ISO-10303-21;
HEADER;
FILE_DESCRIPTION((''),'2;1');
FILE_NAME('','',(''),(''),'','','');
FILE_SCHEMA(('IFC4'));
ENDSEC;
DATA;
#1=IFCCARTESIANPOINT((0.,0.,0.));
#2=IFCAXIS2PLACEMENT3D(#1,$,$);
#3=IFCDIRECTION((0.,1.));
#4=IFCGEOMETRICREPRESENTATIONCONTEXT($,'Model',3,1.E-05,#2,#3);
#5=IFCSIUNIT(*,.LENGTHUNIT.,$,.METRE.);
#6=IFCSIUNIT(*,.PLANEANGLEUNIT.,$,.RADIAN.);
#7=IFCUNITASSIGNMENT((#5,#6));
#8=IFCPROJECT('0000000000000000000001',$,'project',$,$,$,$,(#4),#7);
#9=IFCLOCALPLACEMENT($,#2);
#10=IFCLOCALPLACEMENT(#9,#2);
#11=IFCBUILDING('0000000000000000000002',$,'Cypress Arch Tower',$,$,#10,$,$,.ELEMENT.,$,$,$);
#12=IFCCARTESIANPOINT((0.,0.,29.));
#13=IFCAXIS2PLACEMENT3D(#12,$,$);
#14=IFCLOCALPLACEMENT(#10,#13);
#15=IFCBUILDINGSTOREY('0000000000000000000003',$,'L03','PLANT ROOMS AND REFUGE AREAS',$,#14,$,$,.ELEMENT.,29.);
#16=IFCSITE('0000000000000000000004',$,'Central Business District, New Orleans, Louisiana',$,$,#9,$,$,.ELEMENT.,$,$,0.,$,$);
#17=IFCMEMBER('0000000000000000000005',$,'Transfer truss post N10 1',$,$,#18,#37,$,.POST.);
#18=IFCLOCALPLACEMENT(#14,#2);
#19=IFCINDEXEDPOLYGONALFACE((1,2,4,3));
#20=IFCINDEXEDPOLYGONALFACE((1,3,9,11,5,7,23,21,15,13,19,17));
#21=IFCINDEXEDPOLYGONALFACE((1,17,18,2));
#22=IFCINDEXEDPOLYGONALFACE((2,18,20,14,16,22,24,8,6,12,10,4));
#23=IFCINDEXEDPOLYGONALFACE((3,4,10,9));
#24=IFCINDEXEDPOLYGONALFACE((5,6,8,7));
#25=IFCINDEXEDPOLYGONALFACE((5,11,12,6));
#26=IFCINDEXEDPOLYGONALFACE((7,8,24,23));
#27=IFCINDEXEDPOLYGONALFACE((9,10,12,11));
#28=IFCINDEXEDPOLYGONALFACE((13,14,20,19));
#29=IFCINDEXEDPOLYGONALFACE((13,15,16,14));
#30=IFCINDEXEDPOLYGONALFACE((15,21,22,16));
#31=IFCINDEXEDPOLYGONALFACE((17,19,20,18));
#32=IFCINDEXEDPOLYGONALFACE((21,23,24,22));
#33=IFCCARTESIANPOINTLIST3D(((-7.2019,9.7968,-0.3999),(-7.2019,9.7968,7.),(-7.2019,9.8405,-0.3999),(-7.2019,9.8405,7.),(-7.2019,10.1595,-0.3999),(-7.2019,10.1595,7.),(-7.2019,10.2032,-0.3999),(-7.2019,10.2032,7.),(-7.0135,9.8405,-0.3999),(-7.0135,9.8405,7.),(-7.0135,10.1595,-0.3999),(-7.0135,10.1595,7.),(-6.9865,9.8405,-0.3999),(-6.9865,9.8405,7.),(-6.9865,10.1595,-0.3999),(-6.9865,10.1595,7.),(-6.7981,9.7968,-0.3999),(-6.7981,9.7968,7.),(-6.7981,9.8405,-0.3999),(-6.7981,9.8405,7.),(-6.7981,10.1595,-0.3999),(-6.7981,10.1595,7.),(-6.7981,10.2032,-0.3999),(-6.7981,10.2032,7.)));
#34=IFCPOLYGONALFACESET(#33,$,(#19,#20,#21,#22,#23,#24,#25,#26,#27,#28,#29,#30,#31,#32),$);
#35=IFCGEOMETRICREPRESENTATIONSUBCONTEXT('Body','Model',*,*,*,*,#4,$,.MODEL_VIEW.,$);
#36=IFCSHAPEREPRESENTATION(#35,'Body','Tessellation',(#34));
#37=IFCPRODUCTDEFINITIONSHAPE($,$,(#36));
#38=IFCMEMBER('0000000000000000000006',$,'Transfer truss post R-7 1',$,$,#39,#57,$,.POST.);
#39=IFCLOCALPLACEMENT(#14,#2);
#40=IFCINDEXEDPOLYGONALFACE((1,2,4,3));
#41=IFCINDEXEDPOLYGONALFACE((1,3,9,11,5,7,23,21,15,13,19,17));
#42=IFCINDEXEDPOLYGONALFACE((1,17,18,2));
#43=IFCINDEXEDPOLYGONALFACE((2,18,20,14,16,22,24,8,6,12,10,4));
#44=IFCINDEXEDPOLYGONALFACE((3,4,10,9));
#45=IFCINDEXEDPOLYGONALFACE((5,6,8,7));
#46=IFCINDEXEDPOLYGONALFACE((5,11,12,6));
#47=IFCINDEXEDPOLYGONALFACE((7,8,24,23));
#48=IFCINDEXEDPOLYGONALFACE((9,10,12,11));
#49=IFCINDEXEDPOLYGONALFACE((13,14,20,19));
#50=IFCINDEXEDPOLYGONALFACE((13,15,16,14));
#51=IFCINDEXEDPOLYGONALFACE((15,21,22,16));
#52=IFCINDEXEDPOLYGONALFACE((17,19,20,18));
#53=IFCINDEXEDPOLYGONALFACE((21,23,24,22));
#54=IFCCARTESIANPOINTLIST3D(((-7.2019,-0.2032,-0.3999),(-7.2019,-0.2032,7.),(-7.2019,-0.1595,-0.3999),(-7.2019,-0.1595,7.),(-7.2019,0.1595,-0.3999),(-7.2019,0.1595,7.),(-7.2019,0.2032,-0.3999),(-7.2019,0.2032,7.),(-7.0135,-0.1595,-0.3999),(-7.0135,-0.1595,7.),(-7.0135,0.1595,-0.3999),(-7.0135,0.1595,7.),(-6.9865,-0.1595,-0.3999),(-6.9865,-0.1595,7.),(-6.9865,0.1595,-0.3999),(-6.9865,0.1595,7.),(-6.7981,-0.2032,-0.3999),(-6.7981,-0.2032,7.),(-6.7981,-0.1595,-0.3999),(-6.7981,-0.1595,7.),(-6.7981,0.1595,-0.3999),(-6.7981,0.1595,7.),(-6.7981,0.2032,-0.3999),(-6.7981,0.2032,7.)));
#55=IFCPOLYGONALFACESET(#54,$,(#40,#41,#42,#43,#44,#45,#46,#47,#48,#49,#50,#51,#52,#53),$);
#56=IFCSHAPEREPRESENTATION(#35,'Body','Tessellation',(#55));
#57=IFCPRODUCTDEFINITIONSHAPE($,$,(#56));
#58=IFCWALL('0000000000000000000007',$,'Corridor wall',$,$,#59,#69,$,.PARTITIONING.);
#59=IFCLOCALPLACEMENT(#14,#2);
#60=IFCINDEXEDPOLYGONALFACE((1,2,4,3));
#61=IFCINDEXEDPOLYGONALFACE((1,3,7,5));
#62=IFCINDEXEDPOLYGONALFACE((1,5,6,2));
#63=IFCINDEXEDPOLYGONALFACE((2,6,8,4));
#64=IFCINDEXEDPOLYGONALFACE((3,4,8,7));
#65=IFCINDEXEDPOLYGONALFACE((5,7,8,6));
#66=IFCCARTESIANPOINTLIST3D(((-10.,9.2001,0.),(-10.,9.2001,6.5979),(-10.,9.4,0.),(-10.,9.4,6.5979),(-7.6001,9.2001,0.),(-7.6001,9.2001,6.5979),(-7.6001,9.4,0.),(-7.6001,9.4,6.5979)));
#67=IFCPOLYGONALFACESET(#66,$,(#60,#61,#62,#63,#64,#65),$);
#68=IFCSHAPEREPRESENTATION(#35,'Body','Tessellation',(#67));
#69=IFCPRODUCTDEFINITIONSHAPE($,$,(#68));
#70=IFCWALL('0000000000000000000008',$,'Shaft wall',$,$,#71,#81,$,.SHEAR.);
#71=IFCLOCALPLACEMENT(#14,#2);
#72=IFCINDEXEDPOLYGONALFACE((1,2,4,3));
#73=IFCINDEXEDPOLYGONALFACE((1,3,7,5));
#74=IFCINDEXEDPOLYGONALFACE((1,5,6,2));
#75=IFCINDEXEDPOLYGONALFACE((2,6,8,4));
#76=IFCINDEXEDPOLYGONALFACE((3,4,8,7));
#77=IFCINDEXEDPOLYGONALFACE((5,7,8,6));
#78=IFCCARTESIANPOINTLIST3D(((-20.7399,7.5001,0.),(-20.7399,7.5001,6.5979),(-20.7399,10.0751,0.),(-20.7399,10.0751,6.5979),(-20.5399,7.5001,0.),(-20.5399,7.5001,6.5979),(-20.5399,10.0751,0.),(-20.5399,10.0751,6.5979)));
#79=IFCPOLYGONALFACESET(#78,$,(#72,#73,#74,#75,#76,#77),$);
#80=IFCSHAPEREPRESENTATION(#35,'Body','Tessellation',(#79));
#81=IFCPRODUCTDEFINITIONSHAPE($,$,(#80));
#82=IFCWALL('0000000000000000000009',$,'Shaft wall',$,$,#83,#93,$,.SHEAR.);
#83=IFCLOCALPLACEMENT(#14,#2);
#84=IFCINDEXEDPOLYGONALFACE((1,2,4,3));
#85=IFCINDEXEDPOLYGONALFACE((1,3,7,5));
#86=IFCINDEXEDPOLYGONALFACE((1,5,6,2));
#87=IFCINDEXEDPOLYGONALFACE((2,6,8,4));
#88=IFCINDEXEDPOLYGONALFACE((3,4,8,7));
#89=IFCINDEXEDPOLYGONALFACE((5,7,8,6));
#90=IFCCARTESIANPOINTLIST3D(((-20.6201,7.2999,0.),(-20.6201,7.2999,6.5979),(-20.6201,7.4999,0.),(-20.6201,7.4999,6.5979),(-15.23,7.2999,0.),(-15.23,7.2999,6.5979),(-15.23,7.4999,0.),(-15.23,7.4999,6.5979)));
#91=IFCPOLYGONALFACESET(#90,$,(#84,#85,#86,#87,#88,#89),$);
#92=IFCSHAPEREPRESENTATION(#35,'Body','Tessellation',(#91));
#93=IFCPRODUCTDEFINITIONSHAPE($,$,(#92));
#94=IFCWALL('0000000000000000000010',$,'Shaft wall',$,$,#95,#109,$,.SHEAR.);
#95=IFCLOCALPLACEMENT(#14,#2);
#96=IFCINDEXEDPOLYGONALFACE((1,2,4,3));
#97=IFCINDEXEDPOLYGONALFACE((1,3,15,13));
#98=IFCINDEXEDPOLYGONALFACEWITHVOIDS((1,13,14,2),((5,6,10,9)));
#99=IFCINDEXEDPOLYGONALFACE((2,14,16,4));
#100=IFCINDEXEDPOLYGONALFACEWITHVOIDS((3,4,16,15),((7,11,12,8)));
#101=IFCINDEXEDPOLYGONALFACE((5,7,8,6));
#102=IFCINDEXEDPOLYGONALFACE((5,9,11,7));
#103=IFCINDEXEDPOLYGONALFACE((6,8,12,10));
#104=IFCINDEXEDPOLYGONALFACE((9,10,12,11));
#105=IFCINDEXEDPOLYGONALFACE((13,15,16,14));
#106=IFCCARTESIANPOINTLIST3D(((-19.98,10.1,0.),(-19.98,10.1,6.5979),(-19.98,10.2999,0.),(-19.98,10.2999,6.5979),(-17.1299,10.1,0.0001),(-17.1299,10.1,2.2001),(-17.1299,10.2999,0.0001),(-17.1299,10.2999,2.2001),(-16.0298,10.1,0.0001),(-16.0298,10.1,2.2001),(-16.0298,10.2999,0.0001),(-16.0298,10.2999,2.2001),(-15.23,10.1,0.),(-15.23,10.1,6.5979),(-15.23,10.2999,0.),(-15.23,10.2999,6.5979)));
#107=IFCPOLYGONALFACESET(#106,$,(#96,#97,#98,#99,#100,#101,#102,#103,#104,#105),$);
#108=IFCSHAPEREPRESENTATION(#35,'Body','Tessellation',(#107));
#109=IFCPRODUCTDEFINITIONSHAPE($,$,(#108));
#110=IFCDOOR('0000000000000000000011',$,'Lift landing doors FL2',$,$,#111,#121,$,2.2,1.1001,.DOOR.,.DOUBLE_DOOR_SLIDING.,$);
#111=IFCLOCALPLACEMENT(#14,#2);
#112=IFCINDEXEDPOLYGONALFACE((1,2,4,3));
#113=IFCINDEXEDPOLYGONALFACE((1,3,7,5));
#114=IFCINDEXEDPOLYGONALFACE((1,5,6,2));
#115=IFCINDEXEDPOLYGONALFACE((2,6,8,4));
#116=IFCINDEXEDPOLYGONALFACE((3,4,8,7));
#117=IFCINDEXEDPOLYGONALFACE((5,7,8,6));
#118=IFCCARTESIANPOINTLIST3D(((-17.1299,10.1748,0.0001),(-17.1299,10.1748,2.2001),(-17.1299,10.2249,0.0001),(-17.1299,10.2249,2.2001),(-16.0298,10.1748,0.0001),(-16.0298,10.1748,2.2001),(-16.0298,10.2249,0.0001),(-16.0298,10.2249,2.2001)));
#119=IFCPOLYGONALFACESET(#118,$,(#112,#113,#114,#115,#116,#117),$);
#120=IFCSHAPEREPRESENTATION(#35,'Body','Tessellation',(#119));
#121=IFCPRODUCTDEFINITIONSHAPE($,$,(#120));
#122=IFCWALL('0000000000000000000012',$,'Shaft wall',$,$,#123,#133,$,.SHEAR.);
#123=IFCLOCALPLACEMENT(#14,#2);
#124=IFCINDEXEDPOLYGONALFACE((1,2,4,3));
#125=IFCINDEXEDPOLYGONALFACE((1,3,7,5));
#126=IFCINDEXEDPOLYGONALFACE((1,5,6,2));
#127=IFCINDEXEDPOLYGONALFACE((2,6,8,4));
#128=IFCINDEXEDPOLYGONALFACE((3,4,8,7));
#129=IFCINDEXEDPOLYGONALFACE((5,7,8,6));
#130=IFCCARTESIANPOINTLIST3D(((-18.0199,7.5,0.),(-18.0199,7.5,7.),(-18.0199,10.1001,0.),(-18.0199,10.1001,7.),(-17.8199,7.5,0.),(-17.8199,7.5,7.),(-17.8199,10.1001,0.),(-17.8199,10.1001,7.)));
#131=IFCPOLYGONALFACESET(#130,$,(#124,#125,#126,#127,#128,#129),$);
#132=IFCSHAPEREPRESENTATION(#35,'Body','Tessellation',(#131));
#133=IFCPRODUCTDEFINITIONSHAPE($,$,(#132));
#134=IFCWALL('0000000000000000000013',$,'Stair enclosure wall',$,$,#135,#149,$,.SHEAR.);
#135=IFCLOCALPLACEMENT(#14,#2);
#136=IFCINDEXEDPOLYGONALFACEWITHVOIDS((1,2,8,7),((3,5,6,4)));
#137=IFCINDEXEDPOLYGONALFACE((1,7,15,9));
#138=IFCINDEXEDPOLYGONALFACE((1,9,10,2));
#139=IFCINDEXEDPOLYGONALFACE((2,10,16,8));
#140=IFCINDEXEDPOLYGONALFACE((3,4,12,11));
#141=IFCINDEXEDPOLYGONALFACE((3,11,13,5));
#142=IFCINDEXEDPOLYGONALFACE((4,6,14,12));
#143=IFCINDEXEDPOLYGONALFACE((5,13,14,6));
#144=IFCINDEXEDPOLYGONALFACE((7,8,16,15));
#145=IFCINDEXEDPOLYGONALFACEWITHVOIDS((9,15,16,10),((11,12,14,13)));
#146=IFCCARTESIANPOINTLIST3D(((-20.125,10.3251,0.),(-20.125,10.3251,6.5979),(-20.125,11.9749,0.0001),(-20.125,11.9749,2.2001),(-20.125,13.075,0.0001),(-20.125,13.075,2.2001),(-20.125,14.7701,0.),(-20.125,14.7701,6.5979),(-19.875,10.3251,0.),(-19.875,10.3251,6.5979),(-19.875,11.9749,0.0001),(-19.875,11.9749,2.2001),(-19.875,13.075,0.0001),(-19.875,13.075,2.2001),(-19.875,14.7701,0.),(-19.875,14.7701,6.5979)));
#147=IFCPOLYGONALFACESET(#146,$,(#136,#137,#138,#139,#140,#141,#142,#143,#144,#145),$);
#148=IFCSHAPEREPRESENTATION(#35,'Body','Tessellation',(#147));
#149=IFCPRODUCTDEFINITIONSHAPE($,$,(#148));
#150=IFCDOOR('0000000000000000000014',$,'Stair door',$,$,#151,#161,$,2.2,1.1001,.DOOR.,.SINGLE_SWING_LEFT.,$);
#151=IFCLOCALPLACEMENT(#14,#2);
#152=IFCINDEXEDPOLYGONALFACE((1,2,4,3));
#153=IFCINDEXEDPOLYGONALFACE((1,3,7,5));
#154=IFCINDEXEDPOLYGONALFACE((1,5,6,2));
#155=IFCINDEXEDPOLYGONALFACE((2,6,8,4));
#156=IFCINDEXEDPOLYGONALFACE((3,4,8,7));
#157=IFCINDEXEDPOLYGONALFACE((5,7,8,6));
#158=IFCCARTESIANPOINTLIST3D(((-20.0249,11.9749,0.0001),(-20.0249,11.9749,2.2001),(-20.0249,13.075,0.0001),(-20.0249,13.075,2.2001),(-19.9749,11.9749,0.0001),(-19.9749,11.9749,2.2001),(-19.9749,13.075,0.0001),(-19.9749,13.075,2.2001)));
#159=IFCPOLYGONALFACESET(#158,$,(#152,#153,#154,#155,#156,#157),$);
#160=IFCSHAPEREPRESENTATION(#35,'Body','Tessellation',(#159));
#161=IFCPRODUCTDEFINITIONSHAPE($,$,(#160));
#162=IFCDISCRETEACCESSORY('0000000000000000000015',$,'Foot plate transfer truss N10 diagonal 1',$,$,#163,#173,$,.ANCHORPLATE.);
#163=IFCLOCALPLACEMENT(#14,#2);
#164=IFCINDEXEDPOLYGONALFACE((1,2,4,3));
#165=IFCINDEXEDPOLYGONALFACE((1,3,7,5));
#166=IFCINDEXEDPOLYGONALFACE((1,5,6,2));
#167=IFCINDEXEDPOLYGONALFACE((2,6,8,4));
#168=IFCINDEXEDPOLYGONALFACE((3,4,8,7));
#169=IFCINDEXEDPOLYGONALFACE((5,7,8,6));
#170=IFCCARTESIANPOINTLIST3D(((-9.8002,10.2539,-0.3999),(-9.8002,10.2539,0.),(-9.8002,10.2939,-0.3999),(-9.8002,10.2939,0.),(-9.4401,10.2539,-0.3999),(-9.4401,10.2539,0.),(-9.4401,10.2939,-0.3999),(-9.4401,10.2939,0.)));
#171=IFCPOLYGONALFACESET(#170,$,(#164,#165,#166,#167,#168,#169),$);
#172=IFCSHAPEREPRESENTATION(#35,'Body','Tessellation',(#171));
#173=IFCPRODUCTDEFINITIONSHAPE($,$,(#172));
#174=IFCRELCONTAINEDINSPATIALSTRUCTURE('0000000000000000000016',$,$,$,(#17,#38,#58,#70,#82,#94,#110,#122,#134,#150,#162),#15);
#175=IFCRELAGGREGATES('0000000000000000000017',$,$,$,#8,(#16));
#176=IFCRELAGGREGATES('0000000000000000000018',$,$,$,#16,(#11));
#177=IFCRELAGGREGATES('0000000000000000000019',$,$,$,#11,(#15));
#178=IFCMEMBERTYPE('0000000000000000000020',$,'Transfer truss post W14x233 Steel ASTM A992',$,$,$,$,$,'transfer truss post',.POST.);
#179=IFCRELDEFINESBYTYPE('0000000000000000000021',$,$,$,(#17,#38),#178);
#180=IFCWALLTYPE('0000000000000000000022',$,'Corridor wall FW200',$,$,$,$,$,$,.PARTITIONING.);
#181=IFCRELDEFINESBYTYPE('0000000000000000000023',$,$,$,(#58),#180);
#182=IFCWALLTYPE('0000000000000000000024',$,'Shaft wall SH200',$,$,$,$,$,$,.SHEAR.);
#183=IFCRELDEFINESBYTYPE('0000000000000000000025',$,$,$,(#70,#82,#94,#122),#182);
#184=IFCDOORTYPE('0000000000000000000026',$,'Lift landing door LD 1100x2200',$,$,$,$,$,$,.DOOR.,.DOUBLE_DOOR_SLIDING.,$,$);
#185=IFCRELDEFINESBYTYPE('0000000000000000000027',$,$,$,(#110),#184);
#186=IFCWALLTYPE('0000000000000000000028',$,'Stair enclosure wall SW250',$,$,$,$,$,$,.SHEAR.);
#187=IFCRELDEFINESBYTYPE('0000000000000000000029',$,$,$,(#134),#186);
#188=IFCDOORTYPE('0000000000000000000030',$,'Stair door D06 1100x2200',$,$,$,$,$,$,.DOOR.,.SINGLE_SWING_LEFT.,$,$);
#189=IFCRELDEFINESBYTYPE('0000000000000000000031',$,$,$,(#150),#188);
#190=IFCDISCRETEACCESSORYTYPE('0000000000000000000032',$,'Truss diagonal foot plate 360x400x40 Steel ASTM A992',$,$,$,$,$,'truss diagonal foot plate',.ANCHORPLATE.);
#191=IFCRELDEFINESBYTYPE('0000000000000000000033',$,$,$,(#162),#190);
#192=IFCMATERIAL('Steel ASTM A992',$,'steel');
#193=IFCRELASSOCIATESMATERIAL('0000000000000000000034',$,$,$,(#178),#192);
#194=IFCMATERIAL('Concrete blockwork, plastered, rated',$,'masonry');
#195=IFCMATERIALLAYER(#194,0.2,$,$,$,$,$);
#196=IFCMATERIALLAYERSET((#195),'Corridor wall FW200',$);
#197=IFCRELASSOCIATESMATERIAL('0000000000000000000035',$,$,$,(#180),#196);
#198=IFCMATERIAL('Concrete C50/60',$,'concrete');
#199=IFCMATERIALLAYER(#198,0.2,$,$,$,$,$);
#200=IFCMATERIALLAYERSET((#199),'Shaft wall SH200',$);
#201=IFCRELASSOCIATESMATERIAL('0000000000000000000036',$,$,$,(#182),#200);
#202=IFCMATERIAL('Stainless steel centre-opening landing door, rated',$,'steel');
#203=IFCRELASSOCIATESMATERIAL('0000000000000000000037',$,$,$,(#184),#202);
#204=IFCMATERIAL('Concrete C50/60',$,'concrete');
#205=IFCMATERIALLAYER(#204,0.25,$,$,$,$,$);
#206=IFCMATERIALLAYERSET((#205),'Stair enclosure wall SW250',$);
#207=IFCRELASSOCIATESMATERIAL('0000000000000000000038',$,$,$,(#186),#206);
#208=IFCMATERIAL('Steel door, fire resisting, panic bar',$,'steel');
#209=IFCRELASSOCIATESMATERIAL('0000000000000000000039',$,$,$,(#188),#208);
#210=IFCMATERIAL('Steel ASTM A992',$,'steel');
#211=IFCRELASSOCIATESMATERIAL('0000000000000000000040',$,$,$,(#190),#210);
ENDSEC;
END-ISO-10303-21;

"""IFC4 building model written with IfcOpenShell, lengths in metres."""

from ifc_helpers import new_model, si_unit, direction, frame, frame_2d, origin, origin_2d, place, context, subcontext, project, spatial, rectangle, i_section, extrude, material, layer, layer_set, material_profile, profile_set, type_object, element, fill, save


model = new_model("IFC4")

# Units and contexts
model_context = context("Model", 3, precision=1e-05, world=origin(), true_north=direction((0.0, 1.0)))
body_context = subcontext(model_context, "Body", "Model", "MODEL_VIEW")
ifc_project = project(units=[si_unit("LENGTHUNIT", "METRE"), si_unit("PLANEANGLEUNIT", "RADIAN")], contexts=[model_context])

# Site, building, storey
site_placement = place(None, origin())
site = spatial("IfcSite", under=ifc_project, at=site_placement, Name="Central Business District, New Orleans, Louisiana", CompositionType="ELEMENT", RefElevation=0.0)
building_placement = place(site_placement, origin())
building = spatial("IfcBuilding", under=site, at=building_placement, Name="Cypress Arch Tower", CompositionType="ELEMENT")
storey_placement = place(building_placement, frame((0.0, 0.0, 29.0)))
storey = spatial("IfcBuildingStorey", under=building, at=storey_placement, Name="L03", Description="PLANT ROOMS AND REFUGE AREAS", CompositionType="ELEMENT", Elevation=29.0)

# Members
ifc_material_1 = material(Name="Steel ASTM A992", Category="steel")
ifc_material_profile_1 = material_profile(ifc_material_1, i_section(OverallWidth=0.4038, OverallDepth=0.4065, WebThickness=0.0271, FlangeThickness=0.0437, at=origin_2d()), Name="W14x233")
ifc_profile_set_1 = profile_set([ifc_material_profile_1], Name="Steel ASTM A992")
member_type_1 = type_object("IfcMemberType", Name="Transfer truss post W14x233 Steel ASTM A992", ElementType="transfer truss post", PredefinedType="POST", material=ifc_profile_set_1)
for number, where, z_axis, x_axis, name in (
    (1, (-7.0, 10.0, -0.3999), (0.0, 0.0, 1.0), (1.0, 0.0, 0.0), "Transfer truss post N10 1"),
    (2, (-7.0, 0.0, -0.3999), (0.0, 0.0, 1.0), (1.0, 0.0, 0.0), "Transfer truss post R-7 1"),
):
    element("IfcMember", number, at=place(storey_placement, frame(where, z_axis=z_axis, x_axis=x_axis)), inside=storey, type_object=member_type_1, Name=name, PredefinedType="POST", context=body_context, shape_type="SweptSolid", body=[
        extrude(i_section(OverallWidth=0.4038, OverallDepth=0.4065, WebThickness=0.0271, FlangeThickness=0.0437, at=origin_2d()), origin(), (0.0, 0.0, 1.0), 7.3999),
    ])

# Walls
ifc_material_2 = material(Name="Concrete blockwork, plastered, rated", Category="masonry")
ifc_layer_1 = layer(ifc_material_2, 0.2)
ifc_layer_set_1 = layer_set([ifc_layer_1], Name="Corridor wall FW200")
wall_type_1 = type_object("IfcWallType", Name="Corridor wall FW200", PredefinedType="PARTITIONING", material=ifc_layer_set_1)
wall_1_placement = place(storey_placement, frame((-10.0, 9.3, 0.0), z_axis=(0.0, 0.0, 1.0), x_axis=(1.0, 0.0, 0.0)))
element("IfcWall", 3, at=wall_1_placement, inside=storey, type_object=wall_type_1, Name="Corridor wall", PredefinedType="PARTITIONING", context=body_context, shape_type="SweptSolid", body=[
    extrude(rectangle(XDim=2.3999, YDim=0.2, at=frame_2d((1.2, 0.0))), origin(), (0.0, 0.0, 1.0), 6.5979),
])
ifc_material_3 = material(Name="Concrete C50/60", Category="concrete")
ifc_layer_2 = layer(ifc_material_3, 0.2)
ifc_layer_set_2 = layer_set([ifc_layer_2], Name="Shaft wall SH200")
wall_type_2 = type_object("IfcWallType", Name="Shaft wall SH200", PredefinedType="SHEAR", material=ifc_layer_set_2)
wall_2_placement = place(storey_placement, frame((-20.6399, 7.5, 0.0), z_axis=(0.0, 0.0, 1.0), x_axis=(0.0, 1.0, 0.0)))
element("IfcWall", 4, at=wall_2_placement, inside=storey, type_object=wall_type_2, Name="Shaft wall", PredefinedType="SHEAR", context=body_context, shape_type="SweptSolid", body=[
    extrude(rectangle(XDim=2.575, YDim=0.2, at=frame_2d((1.2876, 0.0))), origin(), (0.0, 0.0, 1.0), 6.5979),
])
wall_3_placement = place(storey_placement, frame((-20.6201, 7.3999, 0.0), z_axis=(0.0, 0.0, 1.0), x_axis=(1.0, 0.0, 0.0)))
element("IfcWall", 5, at=wall_3_placement, inside=storey, type_object=wall_type_2, Name="Shaft wall", PredefinedType="SHEAR", context=body_context, shape_type="SweptSolid", body=[
    extrude(rectangle(XDim=5.3901, YDim=0.2, at=frame_2d((2.6951, 0.0))), origin(), (0.0, 0.0, 1.0), 6.5979),
])

# Wall, opening, door
wall_4_placement = place(storey_placement, frame((-19.98, 10.2, 0.0), z_axis=(0.0, 0.0, 1.0), x_axis=(1.0, 0.0, 0.0)))
wall_4 = element("IfcWall", 6, at=wall_4_placement, inside=storey, type_object=wall_type_2, Name="Shaft wall", PredefinedType="SHEAR", context=body_context, shape_type="SweptSolid", body=[
    extrude(rectangle(XDim=4.75, YDim=0.2, at=frame_2d((2.375, 0.0))), origin(), (0.0, 0.0, 1.0), 6.5979),
])
opening_1_placement = place(wall_4_placement, frame((2.8501, 0.0, 0.0)))
opening_1 = element("IfcOpeningElement", 7, at=opening_1_placement, cuts=wall_4, PredefinedType="OPENING", context=body_context, shape_type="SweptSolid", body=[
    extrude(rectangle(XDim=1.1001, YDim=2.2, at=frame_2d((0.55, 1.1001))), frame((0.0, 0.1099, 0.0), z_axis=(0.0, -1.0, 0.0), x_axis=(1.0, 0.0, 0.0)), (0.0, 0.0, 1.0), 0.22),
])
ifc_material_4 = material(Name="Stainless steel centre-opening landing door, rated", Category="steel")
door_type_1 = type_object("IfcDoorType", Name="Lift landing door LD 1100x2200", OperationType="DOUBLE_DOOR_SLIDING", PredefinedType="DOOR", material=ifc_material_4)
door_1_placement = place(opening_1_placement, origin())
door_1 = element("IfcDoor", 8, at=door_1_placement, inside=storey, type_object=door_type_1, Name="Lift landing doors FL2", OperationType="DOUBLE_DOOR_SLIDING", OverallHeight=2.2, OverallWidth=1.1001, PredefinedType="DOOR", context=body_context, shape_type="SweptSolid", body=[
    extrude(rectangle(XDim=1.1001, YDim=2.2, at=frame_2d((0.55, 1.1001))), frame((0.0, 0.0249, 0.0), z_axis=(0.0, -1.0, 0.0), x_axis=(1.0, 0.0, 0.0)), (0.0, 0.0, 1.0), 0.05),
])
fill(opening_1, door_1)

# Wall
wall_5_placement = place(storey_placement, frame((-17.9199, 7.5, 0.0), z_axis=(0.0, 0.0, 1.0), x_axis=(0.0, 1.0, 0.0)))
element("IfcWall", 9, at=wall_5_placement, inside=storey, type_object=wall_type_2, Name="Shaft wall", PredefinedType="SHEAR", context=body_context, shape_type="SweptSolid", body=[
    extrude(rectangle(XDim=2.6001, YDim=0.2, at=frame_2d((1.3, 0.0))), origin(), (0.0, 0.0, 1.0), 7.0),
])

# Wall, opening, door
ifc_material_5 = material(Name="Concrete C50/60", Category="concrete")
ifc_layer_3 = layer(ifc_material_5, 0.25)
ifc_layer_set_3 = layer_set([ifc_layer_3], Name="Stair enclosure wall SW250")
wall_type_3 = type_object("IfcWallType", Name="Stair enclosure wall SW250", PredefinedType="SHEAR", material=ifc_layer_set_3)
wall_6_placement = place(storey_placement, frame((-20.0, 10.325, 0.0), z_axis=(0.0, 0.0, 1.0), x_axis=(0.0, 1.0, 0.0)))
wall_6 = element("IfcWall", 10, at=wall_6_placement, inside=storey, type_object=wall_type_3, Name="Stair enclosure wall", PredefinedType="SHEAR", context=body_context, shape_type="SweptSolid", body=[
    extrude(rectangle(XDim=4.4451, YDim=0.25, at=frame_2d((2.2227, 0.0))), origin(), (0.0, 0.0, 1.0), 6.5979),
])
opening_2_placement = place(wall_6_placement, frame((1.6499, 0.0, 0.0)))
opening_2 = element("IfcOpeningElement", 11, at=opening_2_placement, cuts=wall_6, PredefinedType="OPENING", context=body_context, shape_type="SweptSolid", body=[
    extrude(rectangle(XDim=1.1001, YDim=2.2, at=frame_2d((0.55, 1.1001))), frame((0.0, 0.135, 0.0), z_axis=(0.0, -1.0, 0.0), x_axis=(1.0, 0.0, 0.0)), (0.0, 0.0, 1.0), 0.27),
])
ifc_material_6 = material(Name="Steel door, fire resisting, panic bar", Category="steel")
door_type_2 = type_object("IfcDoorType", Name="Stair door D06 1100x2200", OperationType="SINGLE_SWING_LEFT", PredefinedType="DOOR", material=ifc_material_6)
door_2_placement = place(opening_2_placement, origin())
door_2 = element("IfcDoor", 12, at=door_2_placement, inside=storey, type_object=door_type_2, Name="Stair door", OperationType="SINGLE_SWING_LEFT", OverallHeight=2.2, OverallWidth=1.1001, PredefinedType="DOOR", context=body_context, shape_type="SweptSolid", body=[
    extrude(rectangle(XDim=1.1001, YDim=2.2, at=frame_2d((0.55, 1.1001))), frame((0.0, 0.0249, 0.0), z_axis=(0.0, -1.0, 0.0), x_axis=(1.0, 0.0, 0.0)), (0.0, 0.0, 1.0), 0.05),
])
fill(opening_2, door_2)

# Discrete accessory
ifc_material_7 = material(Name="Steel ASTM A992", Category="steel")
ifc_material_profile_2 = material_profile(ifc_material_7, rectangle(XDim=0.3601, YDim=0.3999, at=origin_2d()), Name="PL 40 360x400")
ifc_profile_set_2 = profile_set([ifc_material_profile_2], Name="Steel ASTM A992")
discrete_accessory_type_1 = type_object("IfcDiscreteAccessoryType", Name="Truss diagonal foot plate 360x400x40 Steel ASTM A992", ElementType="truss diagonal foot plate", PredefinedType="ANCHORPLATE", material=ifc_profile_set_2)
for number, where, z_axis, x_axis, name in (
    (13, (-9.6201, 10.2539, -0.2), (0.0, 1.0, 0.0), (-1.0, 0.0, 0.0), "Foot plate transfer truss N10 diagonal 1"),
):
    element("IfcDiscreteAccessory", number, at=place(storey_placement, frame(where, z_axis=z_axis, x_axis=x_axis)), inside=storey, type_object=discrete_accessory_type_1, Name=name, PredefinedType="ANCHORPLATE", context=body_context, shape_type="SweptSolid", body=[
        extrude(rectangle(XDim=0.3601, YDim=0.3999, at=origin_2d()), origin(), (0.0, 0.0, 1.0), 0.04),
    ])

save(model, "model.ifc")
